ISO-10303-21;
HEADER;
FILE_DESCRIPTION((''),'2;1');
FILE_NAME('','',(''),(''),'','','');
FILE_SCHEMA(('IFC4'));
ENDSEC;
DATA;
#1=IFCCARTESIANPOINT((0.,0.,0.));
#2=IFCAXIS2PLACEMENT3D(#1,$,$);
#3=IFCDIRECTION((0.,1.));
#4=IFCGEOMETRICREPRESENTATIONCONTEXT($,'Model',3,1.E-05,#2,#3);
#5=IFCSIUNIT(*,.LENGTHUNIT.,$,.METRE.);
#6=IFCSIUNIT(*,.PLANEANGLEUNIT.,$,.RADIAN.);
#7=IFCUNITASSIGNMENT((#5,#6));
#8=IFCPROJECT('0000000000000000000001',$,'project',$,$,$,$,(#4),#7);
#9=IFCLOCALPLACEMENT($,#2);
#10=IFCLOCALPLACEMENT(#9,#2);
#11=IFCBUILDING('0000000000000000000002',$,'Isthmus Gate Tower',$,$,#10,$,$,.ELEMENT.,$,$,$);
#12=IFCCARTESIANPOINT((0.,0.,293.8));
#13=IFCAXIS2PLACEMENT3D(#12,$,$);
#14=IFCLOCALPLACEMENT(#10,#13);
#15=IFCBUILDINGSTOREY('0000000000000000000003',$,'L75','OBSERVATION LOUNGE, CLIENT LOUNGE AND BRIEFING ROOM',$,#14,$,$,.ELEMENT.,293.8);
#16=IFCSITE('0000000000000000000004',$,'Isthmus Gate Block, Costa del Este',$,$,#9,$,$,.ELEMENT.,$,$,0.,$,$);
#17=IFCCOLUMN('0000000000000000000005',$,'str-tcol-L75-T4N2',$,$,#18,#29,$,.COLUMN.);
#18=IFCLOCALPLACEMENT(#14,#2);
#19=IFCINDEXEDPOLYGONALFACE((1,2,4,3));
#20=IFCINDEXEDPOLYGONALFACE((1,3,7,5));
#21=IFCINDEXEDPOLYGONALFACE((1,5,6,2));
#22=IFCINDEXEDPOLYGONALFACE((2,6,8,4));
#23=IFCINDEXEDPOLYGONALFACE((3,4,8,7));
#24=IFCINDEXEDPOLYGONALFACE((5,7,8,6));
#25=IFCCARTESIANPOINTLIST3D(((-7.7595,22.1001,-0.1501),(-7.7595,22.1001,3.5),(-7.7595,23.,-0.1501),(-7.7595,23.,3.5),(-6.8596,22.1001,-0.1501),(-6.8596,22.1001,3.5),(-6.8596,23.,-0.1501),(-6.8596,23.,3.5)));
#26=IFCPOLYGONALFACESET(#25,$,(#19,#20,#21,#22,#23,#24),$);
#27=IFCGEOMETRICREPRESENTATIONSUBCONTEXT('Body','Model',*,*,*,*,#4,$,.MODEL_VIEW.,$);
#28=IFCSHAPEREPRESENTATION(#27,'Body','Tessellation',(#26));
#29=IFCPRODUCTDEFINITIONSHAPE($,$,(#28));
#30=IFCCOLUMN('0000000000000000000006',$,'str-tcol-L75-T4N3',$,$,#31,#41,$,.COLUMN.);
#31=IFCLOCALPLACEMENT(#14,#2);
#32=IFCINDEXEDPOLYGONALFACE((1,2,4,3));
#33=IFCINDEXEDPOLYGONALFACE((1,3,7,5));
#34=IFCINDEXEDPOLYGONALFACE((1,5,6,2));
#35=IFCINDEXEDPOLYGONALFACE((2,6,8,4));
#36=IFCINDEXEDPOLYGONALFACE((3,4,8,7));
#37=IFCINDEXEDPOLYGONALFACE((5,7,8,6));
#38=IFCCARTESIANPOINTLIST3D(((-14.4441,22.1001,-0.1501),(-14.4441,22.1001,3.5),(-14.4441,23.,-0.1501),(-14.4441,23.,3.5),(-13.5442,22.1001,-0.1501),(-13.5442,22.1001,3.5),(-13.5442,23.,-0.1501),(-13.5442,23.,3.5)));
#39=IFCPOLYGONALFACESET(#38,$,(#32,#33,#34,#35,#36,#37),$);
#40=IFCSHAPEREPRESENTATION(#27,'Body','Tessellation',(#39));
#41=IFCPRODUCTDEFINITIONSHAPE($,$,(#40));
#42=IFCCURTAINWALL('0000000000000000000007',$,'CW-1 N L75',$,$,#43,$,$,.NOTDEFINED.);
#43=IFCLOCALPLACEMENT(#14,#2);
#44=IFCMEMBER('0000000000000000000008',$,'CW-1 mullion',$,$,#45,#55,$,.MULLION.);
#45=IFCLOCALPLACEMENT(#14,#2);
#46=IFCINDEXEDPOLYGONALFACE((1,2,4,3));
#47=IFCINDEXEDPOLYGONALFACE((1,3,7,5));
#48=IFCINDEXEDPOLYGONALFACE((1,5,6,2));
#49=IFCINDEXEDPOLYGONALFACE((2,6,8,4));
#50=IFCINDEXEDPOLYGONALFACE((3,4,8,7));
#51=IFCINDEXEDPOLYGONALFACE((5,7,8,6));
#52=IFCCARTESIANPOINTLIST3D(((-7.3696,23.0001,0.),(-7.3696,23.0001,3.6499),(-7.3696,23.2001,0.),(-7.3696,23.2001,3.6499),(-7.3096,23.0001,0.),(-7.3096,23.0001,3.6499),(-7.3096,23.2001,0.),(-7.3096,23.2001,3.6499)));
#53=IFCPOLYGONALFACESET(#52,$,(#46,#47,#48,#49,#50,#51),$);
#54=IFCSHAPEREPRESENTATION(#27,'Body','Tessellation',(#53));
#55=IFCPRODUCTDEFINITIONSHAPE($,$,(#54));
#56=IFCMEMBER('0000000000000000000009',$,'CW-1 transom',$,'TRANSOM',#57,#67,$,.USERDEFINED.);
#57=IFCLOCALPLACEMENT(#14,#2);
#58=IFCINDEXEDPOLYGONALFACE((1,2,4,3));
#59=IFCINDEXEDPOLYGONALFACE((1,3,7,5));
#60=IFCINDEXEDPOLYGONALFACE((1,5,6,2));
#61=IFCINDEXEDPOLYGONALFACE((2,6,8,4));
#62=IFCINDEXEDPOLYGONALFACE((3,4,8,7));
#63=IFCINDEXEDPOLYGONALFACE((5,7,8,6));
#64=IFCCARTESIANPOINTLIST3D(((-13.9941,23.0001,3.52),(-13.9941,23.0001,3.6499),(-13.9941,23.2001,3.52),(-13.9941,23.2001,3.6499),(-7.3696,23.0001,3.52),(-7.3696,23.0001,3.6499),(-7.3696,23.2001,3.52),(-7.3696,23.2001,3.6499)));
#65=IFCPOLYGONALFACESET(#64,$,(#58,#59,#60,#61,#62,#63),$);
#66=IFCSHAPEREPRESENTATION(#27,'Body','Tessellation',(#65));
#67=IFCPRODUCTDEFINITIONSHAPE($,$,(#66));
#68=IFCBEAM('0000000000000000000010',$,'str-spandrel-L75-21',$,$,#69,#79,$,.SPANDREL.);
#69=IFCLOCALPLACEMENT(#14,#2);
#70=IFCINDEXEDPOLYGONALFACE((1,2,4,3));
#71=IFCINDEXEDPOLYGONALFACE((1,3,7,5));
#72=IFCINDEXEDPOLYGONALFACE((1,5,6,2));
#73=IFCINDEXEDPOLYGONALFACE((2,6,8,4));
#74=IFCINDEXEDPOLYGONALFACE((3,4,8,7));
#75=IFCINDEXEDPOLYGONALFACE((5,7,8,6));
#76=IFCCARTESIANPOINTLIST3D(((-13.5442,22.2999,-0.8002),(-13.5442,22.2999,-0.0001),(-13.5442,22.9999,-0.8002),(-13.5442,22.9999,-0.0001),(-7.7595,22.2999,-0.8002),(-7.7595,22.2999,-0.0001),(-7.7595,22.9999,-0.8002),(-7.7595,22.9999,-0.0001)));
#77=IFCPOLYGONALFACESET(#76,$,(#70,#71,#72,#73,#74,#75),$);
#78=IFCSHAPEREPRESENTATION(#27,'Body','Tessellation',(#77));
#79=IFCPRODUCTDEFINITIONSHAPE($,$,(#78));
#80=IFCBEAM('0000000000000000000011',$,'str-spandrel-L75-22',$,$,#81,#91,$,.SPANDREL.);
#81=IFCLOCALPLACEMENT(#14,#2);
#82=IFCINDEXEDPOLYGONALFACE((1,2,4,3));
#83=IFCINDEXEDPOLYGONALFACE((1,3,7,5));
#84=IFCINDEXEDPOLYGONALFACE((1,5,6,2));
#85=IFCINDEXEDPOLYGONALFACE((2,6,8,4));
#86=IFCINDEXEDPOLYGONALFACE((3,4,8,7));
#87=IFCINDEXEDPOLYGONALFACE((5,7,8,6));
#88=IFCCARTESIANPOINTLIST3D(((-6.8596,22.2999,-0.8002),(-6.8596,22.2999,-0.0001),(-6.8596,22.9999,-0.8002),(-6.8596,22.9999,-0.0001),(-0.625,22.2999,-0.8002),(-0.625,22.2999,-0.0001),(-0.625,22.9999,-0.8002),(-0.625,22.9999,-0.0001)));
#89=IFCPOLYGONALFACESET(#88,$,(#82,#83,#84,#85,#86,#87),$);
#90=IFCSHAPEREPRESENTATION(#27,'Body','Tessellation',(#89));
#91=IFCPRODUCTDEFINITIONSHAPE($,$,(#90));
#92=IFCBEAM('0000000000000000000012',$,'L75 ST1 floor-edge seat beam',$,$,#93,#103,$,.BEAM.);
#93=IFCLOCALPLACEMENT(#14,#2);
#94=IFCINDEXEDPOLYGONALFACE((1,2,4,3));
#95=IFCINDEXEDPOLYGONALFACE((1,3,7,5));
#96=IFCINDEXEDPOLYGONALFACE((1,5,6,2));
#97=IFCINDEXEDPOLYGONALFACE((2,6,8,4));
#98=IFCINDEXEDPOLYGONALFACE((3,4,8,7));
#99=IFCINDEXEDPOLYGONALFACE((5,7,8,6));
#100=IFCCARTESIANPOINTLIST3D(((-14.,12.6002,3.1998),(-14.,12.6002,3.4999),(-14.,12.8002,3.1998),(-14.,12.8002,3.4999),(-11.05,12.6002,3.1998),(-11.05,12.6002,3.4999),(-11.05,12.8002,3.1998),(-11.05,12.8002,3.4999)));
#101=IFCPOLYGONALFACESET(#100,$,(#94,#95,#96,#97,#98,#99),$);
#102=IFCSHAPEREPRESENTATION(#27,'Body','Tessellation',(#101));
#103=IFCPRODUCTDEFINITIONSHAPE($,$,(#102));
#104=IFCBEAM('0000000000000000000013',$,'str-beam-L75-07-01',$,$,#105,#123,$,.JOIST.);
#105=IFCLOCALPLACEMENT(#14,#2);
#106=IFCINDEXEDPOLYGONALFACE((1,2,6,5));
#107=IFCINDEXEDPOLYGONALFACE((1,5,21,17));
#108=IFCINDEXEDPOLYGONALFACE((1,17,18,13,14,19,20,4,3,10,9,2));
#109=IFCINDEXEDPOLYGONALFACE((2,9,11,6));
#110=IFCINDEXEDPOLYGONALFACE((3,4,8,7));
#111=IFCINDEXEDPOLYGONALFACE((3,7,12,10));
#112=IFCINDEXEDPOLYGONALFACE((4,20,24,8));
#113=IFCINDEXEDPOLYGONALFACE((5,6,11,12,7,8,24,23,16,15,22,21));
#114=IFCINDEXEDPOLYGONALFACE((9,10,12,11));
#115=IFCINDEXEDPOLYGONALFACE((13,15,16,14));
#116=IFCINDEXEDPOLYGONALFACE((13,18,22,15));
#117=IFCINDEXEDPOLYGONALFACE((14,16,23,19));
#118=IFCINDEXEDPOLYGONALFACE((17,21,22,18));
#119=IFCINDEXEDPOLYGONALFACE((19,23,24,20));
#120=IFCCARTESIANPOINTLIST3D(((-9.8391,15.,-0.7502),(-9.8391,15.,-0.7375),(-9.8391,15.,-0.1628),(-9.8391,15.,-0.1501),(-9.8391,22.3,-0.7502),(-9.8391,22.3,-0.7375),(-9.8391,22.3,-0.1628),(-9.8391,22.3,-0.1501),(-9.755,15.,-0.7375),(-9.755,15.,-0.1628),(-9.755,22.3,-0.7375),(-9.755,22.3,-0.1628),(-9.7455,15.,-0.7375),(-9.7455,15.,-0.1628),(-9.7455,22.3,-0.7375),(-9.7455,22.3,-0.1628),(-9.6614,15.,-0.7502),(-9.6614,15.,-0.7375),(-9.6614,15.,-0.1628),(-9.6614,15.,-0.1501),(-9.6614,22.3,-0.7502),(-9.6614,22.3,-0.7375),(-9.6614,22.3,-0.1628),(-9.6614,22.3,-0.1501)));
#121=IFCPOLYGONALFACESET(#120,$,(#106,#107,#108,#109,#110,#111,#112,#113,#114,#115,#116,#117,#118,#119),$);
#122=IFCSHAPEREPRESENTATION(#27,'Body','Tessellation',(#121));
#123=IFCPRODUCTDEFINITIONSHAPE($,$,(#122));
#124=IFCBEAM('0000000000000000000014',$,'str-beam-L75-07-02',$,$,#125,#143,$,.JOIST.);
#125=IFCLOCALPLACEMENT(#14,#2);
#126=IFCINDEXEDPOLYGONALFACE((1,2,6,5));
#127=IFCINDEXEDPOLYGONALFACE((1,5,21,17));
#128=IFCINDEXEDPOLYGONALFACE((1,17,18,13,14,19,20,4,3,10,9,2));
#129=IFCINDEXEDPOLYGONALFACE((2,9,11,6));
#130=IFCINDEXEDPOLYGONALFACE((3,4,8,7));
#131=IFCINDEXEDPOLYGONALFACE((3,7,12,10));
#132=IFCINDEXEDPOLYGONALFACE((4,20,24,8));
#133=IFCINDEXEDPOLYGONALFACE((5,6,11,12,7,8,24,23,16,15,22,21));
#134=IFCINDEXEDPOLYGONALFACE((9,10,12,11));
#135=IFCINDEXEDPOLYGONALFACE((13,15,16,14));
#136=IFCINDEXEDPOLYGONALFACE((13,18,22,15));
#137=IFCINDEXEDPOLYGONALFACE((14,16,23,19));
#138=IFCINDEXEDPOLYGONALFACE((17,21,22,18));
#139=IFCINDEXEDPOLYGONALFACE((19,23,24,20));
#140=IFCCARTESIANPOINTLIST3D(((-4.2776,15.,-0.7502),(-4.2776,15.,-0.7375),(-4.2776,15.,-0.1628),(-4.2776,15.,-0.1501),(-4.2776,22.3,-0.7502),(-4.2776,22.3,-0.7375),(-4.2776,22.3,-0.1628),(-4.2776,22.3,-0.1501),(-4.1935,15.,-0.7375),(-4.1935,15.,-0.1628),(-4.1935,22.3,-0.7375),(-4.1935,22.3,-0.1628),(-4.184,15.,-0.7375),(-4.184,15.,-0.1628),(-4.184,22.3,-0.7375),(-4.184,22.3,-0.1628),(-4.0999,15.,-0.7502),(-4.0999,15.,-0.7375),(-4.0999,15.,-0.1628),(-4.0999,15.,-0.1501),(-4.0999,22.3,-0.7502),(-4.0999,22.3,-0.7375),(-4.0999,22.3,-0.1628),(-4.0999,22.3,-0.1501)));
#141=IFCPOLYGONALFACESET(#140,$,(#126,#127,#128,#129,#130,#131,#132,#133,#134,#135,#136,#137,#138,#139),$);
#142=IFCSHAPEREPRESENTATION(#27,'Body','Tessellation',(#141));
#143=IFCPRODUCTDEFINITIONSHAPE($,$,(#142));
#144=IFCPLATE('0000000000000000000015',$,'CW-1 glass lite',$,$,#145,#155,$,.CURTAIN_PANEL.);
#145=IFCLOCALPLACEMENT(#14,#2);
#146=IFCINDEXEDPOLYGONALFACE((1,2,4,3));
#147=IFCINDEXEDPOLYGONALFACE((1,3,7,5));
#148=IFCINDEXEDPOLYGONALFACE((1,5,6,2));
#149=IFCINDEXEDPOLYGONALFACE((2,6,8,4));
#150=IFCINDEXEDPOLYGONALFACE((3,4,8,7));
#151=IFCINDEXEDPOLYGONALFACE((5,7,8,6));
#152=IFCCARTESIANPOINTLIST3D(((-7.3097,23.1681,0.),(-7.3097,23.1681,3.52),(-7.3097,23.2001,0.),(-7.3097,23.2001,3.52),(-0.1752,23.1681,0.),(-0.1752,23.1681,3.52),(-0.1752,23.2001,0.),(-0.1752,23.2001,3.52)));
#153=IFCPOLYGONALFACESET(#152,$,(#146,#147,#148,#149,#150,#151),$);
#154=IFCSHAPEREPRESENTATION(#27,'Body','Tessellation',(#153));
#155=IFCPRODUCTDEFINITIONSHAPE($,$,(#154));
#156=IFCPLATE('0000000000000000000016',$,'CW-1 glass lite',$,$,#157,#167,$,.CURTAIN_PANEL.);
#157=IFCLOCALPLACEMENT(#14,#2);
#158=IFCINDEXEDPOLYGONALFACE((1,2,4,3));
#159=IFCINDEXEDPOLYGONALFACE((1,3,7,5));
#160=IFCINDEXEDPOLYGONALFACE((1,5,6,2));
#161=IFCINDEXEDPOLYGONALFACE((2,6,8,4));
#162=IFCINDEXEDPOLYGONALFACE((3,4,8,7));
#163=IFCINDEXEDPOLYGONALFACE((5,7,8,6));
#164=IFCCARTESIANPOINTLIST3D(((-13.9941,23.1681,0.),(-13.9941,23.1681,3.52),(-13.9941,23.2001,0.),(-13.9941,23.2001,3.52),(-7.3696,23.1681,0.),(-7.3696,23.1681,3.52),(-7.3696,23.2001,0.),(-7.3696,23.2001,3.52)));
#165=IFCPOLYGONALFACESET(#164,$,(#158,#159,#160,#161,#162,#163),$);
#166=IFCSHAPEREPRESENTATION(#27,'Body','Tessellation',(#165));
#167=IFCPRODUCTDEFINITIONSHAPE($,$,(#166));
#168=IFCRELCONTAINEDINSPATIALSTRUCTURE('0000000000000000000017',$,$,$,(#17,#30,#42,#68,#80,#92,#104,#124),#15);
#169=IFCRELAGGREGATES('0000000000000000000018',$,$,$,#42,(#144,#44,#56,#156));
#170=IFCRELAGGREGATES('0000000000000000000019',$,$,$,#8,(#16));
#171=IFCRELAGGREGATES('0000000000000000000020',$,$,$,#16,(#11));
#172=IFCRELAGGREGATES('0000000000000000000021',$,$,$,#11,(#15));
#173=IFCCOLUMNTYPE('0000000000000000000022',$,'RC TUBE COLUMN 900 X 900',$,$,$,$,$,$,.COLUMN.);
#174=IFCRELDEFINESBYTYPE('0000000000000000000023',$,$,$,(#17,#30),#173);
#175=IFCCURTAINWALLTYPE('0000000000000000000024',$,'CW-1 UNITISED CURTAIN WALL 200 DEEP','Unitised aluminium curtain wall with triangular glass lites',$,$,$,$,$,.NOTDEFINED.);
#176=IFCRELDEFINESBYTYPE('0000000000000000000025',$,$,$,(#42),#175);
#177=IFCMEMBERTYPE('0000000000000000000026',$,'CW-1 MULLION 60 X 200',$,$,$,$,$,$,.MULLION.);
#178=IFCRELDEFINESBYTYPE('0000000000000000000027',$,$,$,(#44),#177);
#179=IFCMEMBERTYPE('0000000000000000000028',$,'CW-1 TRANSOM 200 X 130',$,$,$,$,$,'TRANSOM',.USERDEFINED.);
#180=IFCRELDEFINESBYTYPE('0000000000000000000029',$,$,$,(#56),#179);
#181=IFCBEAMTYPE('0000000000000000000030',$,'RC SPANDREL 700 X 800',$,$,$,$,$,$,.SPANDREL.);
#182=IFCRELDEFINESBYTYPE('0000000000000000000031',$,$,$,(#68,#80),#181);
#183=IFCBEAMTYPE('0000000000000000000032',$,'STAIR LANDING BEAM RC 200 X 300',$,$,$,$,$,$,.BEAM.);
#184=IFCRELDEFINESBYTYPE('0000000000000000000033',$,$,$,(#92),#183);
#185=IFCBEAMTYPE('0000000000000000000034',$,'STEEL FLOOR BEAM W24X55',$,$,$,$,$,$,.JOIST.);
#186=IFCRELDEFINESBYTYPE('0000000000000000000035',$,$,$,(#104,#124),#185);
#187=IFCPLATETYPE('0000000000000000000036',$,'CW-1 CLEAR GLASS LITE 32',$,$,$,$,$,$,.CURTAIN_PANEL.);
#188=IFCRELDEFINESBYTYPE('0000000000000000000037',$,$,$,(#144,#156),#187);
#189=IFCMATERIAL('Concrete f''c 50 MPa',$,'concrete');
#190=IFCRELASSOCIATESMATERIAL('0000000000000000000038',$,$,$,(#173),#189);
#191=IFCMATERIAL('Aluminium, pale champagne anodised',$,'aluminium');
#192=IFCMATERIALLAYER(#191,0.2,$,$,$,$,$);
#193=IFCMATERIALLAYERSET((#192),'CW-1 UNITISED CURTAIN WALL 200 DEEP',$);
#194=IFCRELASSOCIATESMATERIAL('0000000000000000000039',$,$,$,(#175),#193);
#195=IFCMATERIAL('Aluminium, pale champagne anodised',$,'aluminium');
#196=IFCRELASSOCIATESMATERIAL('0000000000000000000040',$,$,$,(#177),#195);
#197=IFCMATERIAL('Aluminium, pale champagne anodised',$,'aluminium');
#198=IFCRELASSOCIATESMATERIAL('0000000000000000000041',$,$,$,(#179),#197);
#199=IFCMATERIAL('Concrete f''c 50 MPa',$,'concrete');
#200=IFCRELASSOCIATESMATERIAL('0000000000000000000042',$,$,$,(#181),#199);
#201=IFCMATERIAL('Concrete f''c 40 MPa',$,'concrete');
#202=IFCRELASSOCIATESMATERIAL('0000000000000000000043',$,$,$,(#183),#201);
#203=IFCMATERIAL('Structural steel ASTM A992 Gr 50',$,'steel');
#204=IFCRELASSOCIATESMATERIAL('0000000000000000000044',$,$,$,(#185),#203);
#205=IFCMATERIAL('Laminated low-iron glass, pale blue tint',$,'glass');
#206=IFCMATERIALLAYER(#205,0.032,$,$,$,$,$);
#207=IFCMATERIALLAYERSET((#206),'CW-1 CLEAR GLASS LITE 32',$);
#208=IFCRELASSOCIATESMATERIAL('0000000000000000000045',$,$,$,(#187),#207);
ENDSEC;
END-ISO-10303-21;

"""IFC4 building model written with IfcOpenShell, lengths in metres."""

from ifc_helpers import new_model, si_unit, direction, frame, origin, origin_2d, place, context, subcontext, project, spatial, rectangle, i_section, extrude, material, layer, layer_set, material_profile, profile_set, type_object, element, aggregate, save


model = new_model("IFC4")

# Units and contexts
model_context = context("Model", 3, precision=1e-05, world=origin(), true_north=direction((0.0, 1.0)))
body_context = subcontext(model_context, "Body", "Model", "MODEL_VIEW")
ifc_project = project(units=[si_unit("LENGTHUNIT", "METRE"), si_unit("PLANEANGLEUNIT", "RADIAN")], contexts=[model_context])

# Site, building, storey
site_placement = place(None, origin())
site = spatial("IfcSite", under=ifc_project, at=site_placement, Name="Isthmus Gate Block, Costa del Este", CompositionType="ELEMENT", RefElevation=0.0)
building_placement = place(site_placement, origin())
building = spatial("IfcBuilding", under=site, at=building_placement, Name="Isthmus Gate Tower", CompositionType="ELEMENT")
storey_placement = place(building_placement, frame((0.0, 0.0, 293.8)))
storey = spatial("IfcBuildingStorey", under=building, at=storey_placement, Name="L75", Description="OBSERVATION LOUNGE, CLIENT LOUNGE AND BRIEFING ROOM", CompositionType="ELEMENT", Elevation=293.8)

# Columns
ifc_material_1 = material(Name="Concrete f'c 50 MPa", Category="concrete")
ifc_material_profile_1 = material_profile(ifc_material_1, rectangle(XDim=0.8999, YDim=0.8999, at=origin_2d()), Name="RC 900X900")
ifc_profile_set_1 = profile_set([ifc_material_profile_1], Name="Concrete f'c 50 MPa")
column_type = type_object("IfcColumnType", Name="RC TUBE COLUMN 900 X 900", PredefinedType="COLUMN", material=ifc_profile_set_1)
for number, where, z_axis, x_axis, name in (
    (1, (-7.3096, 22.55, -0.1501), (0.0, 0.0, 1.0), (-1.0, 0.0, 0.0), "str-tcol-L75-T4N2"),
    (2, (-13.9941, 22.55, -0.1501), (0.0, 0.0, 1.0), (-1.0, 0.0, 0.0), "str-tcol-L75-T4N3"),
):
    element("IfcColumn", number, at=place(storey_placement, frame(where, z_axis=z_axis, x_axis=x_axis)), inside=storey, type_object=column_type, Name=name, PredefinedType="COLUMN", context=body_context, shape_type="SweptSolid", body=[
        extrude(rectangle(XDim=0.8999, YDim=0.8999, at=origin_2d()), origin(), (0.0, 0.0, 1.0), 3.6501),
    ])

# Curtain wall, members
ifc_material_2 = material(Name="Aluminium, pale champagne anodised", Category="aluminium")
ifc_layer_1 = layer(ifc_material_2, 0.2)
ifc_layer_set_1 = layer_set([ifc_layer_1], Name="CW-1 UNITISED CURTAIN WALL 200 DEEP")
curtain_wall_type = type_object("IfcCurtainWallType", Name="CW-1 UNITISED CURTAIN WALL 200 DEEP", Description="Unitised aluminium curtain wall with triangular glass lites", PredefinedType="NOTDEFINED", material=ifc_layer_set_1)
curtain_wall_placement = place(storey_placement, origin())
curtain_wall = element("IfcCurtainWall", 3, at=curtain_wall_placement, inside=storey, type_object=curtain_wall_type, Name="CW-1 N L75", PredefinedType="NOTDEFINED")
ifc_material_3 = material(Name="Aluminium, pale champagne anodised", Category="aluminium")
ifc_material_profile_2 = material_profile(ifc_material_3, rectangle(XDim=0.0601, YDim=0.2, at=origin_2d()), Name="60x200")
ifc_profile_set_2 = profile_set([ifc_material_profile_2], Name="Aluminium, pale champagne anodised")
member_type_1 = type_object("IfcMemberType", Name="CW-1 MULLION 60 X 200", PredefinedType="MULLION", material=ifc_profile_set_2)
member_1_placement = place(storey_placement, frame((-7.3396, 23.1001, 0.0), z_axis=(0.0, 0.0, 1.0), x_axis=(-1.0, 0.0, 0.0)))
member_1 = element("IfcMember", 4, at=member_1_placement, type_object=member_type_1, Name="CW-1 mullion", PredefinedType="MULLION", context=body_context, shape_type="SweptSolid", body=[
    extrude(rectangle(XDim=0.0601, YDim=0.2, at=origin_2d()), origin(), (0.0, 0.0, 1.0), 3.6499),
])
ifc_material_4 = material(Name="Aluminium, pale champagne anodised", Category="aluminium")
ifc_material_profile_3 = material_profile(ifc_material_4, rectangle(XDim=0.2, YDim=0.1299, at=origin_2d()), Name="200x130")
ifc_profile_set_3 = profile_set([ifc_material_profile_3], Name="Aluminium, pale champagne anodised")
member_type_2 = type_object("IfcMemberType", Name="CW-1 TRANSOM 200 X 130", ElementType="TRANSOM", PredefinedType="USERDEFINED", material=ifc_profile_set_3)
member_2_placement = place(storey_placement, frame((-7.3696, 23.1001, 3.585), z_axis=(-1.0, 0.0, 0.0), x_axis=(0.0, -1.0, 0.0)))
member_2 = element("IfcMember", 5, at=member_2_placement, type_object=member_type_2, Name="CW-1 transom", ObjectType="TRANSOM", PredefinedType="USERDEFINED", context=body_context, shape_type="SweptSolid", body=[
    extrude(rectangle(XDim=0.2, YDim=0.1299, at=origin_2d()), origin(), (0.0, 0.0, 1.0), 6.6245),
])

# Beams
ifc_material_5 = material(Name="Concrete f'c 50 MPa", Category="concrete")
ifc_material_profile_4 = material_profile(ifc_material_5, rectangle(XDim=0.7, YDim=0.8, at=origin_2d()), Name="RC 700X800")
ifc_profile_set_4 = profile_set([ifc_material_profile_4], Name="Concrete f'c 50 MPa")
beam_type_1 = type_object("IfcBeamType", Name="RC SPANDREL 700 X 800", PredefinedType="SPANDREL", material=ifc_profile_set_4)
beam_1_placement = place(storey_placement, frame((-13.5442, 22.6499, -0.4001), z_axis=(1.0, 0.0, 0.0), x_axis=(0.0, 1.0, 0.0)))
element("IfcBeam", 6, at=beam_1_placement, inside=storey, type_object=beam_type_1, Name="str-spandrel-L75-21", PredefinedType="SPANDREL", context=body_context, shape_type="SweptSolid", body=[
    extrude(rectangle(XDim=0.7, YDim=0.8, at=origin_2d()), origin(), (0.0, 0.0, 1.0), 5.7847),
])
beam_2_placement = place(storey_placement, frame((-6.8596, 22.6499, -0.4001), z_axis=(1.0, 0.0, 0.0), x_axis=(0.0, 1.0, 0.0)))
element("IfcBeam", 7, at=beam_2_placement, inside=storey, type_object=beam_type_1, Name="str-spandrel-L75-22", PredefinedType="SPANDREL", context=body_context, shape_type="SweptSolid", body=[
    extrude(rectangle(XDim=0.7, YDim=0.8, at=origin_2d()), origin(), (0.0, 0.0, 1.0), 6.2346),
])
ifc_material_6 = material(Name="Concrete f'c 40 MPa", Category="concrete")
ifc_material_profile_5 = material_profile(ifc_material_6, rectangle(XDim=0.2, YDim=0.3, at=origin_2d()), Name="STAIR LANDING BEAM RC 200 X 300")
ifc_profile_set_5 = profile_set([ifc_material_profile_5], Name="Concrete f'c 40 MPa")
beam_type_2 = type_object("IfcBeamType", Name="STAIR LANDING BEAM RC 200 X 300", PredefinedType="BEAM", material=ifc_profile_set_5)
beam_3_placement = place(storey_placement, frame((-14.0, 12.7002, 3.3499), z_axis=(1.0, 0.0, 0.0), x_axis=(0.0, 1.0, 0.0)))
element("IfcBeam", 8, at=beam_3_placement, inside=storey, type_object=beam_type_2, Name="L75 ST1 floor-edge seat beam", PredefinedType="BEAM", context=body_context, shape_type="SweptSolid", body=[
    extrude(rectangle(XDim=0.2, YDim=0.3, at=origin_2d()), origin(), (0.0, 0.0, 1.0), 2.95),
])
ifc_material_7 = material(Name="Structural steel ASTM A992 Gr 50", Category="steel")
ifc_material_profile_6 = material_profile(ifc_material_7, i_section(OverallWidth=0.1777, OverallDepth=0.6001, WebThickness=0.0095, FlangeThickness=0.0127, at=origin_2d()), Name="W24X55")
ifc_profile_set_6 = profile_set([ifc_material_profile_6], Name="Structural steel ASTM A992 Gr 50")
beam_type_3 = type_object("IfcBeamType", Name="STEEL FLOOR BEAM W24X55", PredefinedType="JOIST", material=ifc_profile_set_6)
for number, where, z_axis, x_axis, name in (
    (9, (-9.7502, 15.0, -0.4502), (0.0, 1.0, 0.0), (-1.0, 0.0, 0.0), "str-beam-L75-07-01"),
    (10, (-4.1887, 15.0, -0.4502), (0.0, 1.0, 0.0), (-1.0, 0.0, 0.0), "str-beam-L75-07-02"),
):
    element("IfcBeam", number, at=place(storey_placement, frame(where, z_axis=z_axis, x_axis=x_axis)), inside=storey, type_object=beam_type_3, Name=name, PredefinedType="JOIST", context=body_context, shape_type="SweptSolid", body=[
        extrude(i_section(OverallWidth=0.1777, OverallDepth=0.6001, WebThickness=0.0095, FlangeThickness=0.0127, at=origin_2d()), origin(), (0.0, 0.0, 1.0), 7.3),
    ])

# Plates
ifc_material_8 = material(Name="Laminated low-iron glass, pale blue tint", Category="glass")
ifc_layer_2 = layer(ifc_material_8, 0.032)
ifc_layer_set_2 = layer_set([ifc_layer_2], Name="CW-1 CLEAR GLASS LITE 32")
plate_type = type_object("IfcPlateType", Name="CW-1 CLEAR GLASS LITE 32", PredefinedType="CURTAIN_PANEL", material=ifc_layer_set_2)
plate_1_placement = place(storey_placement, frame((-3.7424, 23.1841, 0.0), z_axis=(0.0, 0.0, 1.0), x_axis=(-1.0, 0.0, 0.0)))
plate_1 = element("IfcPlate", 11, at=plate_1_placement, type_object=plate_type, Name="CW-1 glass lite", PredefinedType="CURTAIN_PANEL", context=body_context, shape_type="SweptSolid", body=[
    extrude(rectangle(XDim=7.1345, YDim=0.032, at=origin_2d()), origin(), (0.0, 0.0, 1.0), 3.52),
])
plate_2_placement = place(storey_placement, frame((-10.6819, 23.1841, 0.0), z_axis=(0.0, 0.0, 1.0), x_axis=(-1.0, 0.0, 0.0)))
plate_2 = element("IfcPlate", 12, at=plate_2_placement, type_object=plate_type, Name="CW-1 glass lite", PredefinedType="CURTAIN_PANEL", context=body_context, shape_type="SweptSolid", body=[
    extrude(rectangle(XDim=6.6245, YDim=0.032, at=origin_2d()), origin(), (0.0, 0.0, 1.0), 3.52),
])
aggregate(curtain_wall, [plate_1, member_1, member_2, plate_2])

save(model, "model.ifc")
